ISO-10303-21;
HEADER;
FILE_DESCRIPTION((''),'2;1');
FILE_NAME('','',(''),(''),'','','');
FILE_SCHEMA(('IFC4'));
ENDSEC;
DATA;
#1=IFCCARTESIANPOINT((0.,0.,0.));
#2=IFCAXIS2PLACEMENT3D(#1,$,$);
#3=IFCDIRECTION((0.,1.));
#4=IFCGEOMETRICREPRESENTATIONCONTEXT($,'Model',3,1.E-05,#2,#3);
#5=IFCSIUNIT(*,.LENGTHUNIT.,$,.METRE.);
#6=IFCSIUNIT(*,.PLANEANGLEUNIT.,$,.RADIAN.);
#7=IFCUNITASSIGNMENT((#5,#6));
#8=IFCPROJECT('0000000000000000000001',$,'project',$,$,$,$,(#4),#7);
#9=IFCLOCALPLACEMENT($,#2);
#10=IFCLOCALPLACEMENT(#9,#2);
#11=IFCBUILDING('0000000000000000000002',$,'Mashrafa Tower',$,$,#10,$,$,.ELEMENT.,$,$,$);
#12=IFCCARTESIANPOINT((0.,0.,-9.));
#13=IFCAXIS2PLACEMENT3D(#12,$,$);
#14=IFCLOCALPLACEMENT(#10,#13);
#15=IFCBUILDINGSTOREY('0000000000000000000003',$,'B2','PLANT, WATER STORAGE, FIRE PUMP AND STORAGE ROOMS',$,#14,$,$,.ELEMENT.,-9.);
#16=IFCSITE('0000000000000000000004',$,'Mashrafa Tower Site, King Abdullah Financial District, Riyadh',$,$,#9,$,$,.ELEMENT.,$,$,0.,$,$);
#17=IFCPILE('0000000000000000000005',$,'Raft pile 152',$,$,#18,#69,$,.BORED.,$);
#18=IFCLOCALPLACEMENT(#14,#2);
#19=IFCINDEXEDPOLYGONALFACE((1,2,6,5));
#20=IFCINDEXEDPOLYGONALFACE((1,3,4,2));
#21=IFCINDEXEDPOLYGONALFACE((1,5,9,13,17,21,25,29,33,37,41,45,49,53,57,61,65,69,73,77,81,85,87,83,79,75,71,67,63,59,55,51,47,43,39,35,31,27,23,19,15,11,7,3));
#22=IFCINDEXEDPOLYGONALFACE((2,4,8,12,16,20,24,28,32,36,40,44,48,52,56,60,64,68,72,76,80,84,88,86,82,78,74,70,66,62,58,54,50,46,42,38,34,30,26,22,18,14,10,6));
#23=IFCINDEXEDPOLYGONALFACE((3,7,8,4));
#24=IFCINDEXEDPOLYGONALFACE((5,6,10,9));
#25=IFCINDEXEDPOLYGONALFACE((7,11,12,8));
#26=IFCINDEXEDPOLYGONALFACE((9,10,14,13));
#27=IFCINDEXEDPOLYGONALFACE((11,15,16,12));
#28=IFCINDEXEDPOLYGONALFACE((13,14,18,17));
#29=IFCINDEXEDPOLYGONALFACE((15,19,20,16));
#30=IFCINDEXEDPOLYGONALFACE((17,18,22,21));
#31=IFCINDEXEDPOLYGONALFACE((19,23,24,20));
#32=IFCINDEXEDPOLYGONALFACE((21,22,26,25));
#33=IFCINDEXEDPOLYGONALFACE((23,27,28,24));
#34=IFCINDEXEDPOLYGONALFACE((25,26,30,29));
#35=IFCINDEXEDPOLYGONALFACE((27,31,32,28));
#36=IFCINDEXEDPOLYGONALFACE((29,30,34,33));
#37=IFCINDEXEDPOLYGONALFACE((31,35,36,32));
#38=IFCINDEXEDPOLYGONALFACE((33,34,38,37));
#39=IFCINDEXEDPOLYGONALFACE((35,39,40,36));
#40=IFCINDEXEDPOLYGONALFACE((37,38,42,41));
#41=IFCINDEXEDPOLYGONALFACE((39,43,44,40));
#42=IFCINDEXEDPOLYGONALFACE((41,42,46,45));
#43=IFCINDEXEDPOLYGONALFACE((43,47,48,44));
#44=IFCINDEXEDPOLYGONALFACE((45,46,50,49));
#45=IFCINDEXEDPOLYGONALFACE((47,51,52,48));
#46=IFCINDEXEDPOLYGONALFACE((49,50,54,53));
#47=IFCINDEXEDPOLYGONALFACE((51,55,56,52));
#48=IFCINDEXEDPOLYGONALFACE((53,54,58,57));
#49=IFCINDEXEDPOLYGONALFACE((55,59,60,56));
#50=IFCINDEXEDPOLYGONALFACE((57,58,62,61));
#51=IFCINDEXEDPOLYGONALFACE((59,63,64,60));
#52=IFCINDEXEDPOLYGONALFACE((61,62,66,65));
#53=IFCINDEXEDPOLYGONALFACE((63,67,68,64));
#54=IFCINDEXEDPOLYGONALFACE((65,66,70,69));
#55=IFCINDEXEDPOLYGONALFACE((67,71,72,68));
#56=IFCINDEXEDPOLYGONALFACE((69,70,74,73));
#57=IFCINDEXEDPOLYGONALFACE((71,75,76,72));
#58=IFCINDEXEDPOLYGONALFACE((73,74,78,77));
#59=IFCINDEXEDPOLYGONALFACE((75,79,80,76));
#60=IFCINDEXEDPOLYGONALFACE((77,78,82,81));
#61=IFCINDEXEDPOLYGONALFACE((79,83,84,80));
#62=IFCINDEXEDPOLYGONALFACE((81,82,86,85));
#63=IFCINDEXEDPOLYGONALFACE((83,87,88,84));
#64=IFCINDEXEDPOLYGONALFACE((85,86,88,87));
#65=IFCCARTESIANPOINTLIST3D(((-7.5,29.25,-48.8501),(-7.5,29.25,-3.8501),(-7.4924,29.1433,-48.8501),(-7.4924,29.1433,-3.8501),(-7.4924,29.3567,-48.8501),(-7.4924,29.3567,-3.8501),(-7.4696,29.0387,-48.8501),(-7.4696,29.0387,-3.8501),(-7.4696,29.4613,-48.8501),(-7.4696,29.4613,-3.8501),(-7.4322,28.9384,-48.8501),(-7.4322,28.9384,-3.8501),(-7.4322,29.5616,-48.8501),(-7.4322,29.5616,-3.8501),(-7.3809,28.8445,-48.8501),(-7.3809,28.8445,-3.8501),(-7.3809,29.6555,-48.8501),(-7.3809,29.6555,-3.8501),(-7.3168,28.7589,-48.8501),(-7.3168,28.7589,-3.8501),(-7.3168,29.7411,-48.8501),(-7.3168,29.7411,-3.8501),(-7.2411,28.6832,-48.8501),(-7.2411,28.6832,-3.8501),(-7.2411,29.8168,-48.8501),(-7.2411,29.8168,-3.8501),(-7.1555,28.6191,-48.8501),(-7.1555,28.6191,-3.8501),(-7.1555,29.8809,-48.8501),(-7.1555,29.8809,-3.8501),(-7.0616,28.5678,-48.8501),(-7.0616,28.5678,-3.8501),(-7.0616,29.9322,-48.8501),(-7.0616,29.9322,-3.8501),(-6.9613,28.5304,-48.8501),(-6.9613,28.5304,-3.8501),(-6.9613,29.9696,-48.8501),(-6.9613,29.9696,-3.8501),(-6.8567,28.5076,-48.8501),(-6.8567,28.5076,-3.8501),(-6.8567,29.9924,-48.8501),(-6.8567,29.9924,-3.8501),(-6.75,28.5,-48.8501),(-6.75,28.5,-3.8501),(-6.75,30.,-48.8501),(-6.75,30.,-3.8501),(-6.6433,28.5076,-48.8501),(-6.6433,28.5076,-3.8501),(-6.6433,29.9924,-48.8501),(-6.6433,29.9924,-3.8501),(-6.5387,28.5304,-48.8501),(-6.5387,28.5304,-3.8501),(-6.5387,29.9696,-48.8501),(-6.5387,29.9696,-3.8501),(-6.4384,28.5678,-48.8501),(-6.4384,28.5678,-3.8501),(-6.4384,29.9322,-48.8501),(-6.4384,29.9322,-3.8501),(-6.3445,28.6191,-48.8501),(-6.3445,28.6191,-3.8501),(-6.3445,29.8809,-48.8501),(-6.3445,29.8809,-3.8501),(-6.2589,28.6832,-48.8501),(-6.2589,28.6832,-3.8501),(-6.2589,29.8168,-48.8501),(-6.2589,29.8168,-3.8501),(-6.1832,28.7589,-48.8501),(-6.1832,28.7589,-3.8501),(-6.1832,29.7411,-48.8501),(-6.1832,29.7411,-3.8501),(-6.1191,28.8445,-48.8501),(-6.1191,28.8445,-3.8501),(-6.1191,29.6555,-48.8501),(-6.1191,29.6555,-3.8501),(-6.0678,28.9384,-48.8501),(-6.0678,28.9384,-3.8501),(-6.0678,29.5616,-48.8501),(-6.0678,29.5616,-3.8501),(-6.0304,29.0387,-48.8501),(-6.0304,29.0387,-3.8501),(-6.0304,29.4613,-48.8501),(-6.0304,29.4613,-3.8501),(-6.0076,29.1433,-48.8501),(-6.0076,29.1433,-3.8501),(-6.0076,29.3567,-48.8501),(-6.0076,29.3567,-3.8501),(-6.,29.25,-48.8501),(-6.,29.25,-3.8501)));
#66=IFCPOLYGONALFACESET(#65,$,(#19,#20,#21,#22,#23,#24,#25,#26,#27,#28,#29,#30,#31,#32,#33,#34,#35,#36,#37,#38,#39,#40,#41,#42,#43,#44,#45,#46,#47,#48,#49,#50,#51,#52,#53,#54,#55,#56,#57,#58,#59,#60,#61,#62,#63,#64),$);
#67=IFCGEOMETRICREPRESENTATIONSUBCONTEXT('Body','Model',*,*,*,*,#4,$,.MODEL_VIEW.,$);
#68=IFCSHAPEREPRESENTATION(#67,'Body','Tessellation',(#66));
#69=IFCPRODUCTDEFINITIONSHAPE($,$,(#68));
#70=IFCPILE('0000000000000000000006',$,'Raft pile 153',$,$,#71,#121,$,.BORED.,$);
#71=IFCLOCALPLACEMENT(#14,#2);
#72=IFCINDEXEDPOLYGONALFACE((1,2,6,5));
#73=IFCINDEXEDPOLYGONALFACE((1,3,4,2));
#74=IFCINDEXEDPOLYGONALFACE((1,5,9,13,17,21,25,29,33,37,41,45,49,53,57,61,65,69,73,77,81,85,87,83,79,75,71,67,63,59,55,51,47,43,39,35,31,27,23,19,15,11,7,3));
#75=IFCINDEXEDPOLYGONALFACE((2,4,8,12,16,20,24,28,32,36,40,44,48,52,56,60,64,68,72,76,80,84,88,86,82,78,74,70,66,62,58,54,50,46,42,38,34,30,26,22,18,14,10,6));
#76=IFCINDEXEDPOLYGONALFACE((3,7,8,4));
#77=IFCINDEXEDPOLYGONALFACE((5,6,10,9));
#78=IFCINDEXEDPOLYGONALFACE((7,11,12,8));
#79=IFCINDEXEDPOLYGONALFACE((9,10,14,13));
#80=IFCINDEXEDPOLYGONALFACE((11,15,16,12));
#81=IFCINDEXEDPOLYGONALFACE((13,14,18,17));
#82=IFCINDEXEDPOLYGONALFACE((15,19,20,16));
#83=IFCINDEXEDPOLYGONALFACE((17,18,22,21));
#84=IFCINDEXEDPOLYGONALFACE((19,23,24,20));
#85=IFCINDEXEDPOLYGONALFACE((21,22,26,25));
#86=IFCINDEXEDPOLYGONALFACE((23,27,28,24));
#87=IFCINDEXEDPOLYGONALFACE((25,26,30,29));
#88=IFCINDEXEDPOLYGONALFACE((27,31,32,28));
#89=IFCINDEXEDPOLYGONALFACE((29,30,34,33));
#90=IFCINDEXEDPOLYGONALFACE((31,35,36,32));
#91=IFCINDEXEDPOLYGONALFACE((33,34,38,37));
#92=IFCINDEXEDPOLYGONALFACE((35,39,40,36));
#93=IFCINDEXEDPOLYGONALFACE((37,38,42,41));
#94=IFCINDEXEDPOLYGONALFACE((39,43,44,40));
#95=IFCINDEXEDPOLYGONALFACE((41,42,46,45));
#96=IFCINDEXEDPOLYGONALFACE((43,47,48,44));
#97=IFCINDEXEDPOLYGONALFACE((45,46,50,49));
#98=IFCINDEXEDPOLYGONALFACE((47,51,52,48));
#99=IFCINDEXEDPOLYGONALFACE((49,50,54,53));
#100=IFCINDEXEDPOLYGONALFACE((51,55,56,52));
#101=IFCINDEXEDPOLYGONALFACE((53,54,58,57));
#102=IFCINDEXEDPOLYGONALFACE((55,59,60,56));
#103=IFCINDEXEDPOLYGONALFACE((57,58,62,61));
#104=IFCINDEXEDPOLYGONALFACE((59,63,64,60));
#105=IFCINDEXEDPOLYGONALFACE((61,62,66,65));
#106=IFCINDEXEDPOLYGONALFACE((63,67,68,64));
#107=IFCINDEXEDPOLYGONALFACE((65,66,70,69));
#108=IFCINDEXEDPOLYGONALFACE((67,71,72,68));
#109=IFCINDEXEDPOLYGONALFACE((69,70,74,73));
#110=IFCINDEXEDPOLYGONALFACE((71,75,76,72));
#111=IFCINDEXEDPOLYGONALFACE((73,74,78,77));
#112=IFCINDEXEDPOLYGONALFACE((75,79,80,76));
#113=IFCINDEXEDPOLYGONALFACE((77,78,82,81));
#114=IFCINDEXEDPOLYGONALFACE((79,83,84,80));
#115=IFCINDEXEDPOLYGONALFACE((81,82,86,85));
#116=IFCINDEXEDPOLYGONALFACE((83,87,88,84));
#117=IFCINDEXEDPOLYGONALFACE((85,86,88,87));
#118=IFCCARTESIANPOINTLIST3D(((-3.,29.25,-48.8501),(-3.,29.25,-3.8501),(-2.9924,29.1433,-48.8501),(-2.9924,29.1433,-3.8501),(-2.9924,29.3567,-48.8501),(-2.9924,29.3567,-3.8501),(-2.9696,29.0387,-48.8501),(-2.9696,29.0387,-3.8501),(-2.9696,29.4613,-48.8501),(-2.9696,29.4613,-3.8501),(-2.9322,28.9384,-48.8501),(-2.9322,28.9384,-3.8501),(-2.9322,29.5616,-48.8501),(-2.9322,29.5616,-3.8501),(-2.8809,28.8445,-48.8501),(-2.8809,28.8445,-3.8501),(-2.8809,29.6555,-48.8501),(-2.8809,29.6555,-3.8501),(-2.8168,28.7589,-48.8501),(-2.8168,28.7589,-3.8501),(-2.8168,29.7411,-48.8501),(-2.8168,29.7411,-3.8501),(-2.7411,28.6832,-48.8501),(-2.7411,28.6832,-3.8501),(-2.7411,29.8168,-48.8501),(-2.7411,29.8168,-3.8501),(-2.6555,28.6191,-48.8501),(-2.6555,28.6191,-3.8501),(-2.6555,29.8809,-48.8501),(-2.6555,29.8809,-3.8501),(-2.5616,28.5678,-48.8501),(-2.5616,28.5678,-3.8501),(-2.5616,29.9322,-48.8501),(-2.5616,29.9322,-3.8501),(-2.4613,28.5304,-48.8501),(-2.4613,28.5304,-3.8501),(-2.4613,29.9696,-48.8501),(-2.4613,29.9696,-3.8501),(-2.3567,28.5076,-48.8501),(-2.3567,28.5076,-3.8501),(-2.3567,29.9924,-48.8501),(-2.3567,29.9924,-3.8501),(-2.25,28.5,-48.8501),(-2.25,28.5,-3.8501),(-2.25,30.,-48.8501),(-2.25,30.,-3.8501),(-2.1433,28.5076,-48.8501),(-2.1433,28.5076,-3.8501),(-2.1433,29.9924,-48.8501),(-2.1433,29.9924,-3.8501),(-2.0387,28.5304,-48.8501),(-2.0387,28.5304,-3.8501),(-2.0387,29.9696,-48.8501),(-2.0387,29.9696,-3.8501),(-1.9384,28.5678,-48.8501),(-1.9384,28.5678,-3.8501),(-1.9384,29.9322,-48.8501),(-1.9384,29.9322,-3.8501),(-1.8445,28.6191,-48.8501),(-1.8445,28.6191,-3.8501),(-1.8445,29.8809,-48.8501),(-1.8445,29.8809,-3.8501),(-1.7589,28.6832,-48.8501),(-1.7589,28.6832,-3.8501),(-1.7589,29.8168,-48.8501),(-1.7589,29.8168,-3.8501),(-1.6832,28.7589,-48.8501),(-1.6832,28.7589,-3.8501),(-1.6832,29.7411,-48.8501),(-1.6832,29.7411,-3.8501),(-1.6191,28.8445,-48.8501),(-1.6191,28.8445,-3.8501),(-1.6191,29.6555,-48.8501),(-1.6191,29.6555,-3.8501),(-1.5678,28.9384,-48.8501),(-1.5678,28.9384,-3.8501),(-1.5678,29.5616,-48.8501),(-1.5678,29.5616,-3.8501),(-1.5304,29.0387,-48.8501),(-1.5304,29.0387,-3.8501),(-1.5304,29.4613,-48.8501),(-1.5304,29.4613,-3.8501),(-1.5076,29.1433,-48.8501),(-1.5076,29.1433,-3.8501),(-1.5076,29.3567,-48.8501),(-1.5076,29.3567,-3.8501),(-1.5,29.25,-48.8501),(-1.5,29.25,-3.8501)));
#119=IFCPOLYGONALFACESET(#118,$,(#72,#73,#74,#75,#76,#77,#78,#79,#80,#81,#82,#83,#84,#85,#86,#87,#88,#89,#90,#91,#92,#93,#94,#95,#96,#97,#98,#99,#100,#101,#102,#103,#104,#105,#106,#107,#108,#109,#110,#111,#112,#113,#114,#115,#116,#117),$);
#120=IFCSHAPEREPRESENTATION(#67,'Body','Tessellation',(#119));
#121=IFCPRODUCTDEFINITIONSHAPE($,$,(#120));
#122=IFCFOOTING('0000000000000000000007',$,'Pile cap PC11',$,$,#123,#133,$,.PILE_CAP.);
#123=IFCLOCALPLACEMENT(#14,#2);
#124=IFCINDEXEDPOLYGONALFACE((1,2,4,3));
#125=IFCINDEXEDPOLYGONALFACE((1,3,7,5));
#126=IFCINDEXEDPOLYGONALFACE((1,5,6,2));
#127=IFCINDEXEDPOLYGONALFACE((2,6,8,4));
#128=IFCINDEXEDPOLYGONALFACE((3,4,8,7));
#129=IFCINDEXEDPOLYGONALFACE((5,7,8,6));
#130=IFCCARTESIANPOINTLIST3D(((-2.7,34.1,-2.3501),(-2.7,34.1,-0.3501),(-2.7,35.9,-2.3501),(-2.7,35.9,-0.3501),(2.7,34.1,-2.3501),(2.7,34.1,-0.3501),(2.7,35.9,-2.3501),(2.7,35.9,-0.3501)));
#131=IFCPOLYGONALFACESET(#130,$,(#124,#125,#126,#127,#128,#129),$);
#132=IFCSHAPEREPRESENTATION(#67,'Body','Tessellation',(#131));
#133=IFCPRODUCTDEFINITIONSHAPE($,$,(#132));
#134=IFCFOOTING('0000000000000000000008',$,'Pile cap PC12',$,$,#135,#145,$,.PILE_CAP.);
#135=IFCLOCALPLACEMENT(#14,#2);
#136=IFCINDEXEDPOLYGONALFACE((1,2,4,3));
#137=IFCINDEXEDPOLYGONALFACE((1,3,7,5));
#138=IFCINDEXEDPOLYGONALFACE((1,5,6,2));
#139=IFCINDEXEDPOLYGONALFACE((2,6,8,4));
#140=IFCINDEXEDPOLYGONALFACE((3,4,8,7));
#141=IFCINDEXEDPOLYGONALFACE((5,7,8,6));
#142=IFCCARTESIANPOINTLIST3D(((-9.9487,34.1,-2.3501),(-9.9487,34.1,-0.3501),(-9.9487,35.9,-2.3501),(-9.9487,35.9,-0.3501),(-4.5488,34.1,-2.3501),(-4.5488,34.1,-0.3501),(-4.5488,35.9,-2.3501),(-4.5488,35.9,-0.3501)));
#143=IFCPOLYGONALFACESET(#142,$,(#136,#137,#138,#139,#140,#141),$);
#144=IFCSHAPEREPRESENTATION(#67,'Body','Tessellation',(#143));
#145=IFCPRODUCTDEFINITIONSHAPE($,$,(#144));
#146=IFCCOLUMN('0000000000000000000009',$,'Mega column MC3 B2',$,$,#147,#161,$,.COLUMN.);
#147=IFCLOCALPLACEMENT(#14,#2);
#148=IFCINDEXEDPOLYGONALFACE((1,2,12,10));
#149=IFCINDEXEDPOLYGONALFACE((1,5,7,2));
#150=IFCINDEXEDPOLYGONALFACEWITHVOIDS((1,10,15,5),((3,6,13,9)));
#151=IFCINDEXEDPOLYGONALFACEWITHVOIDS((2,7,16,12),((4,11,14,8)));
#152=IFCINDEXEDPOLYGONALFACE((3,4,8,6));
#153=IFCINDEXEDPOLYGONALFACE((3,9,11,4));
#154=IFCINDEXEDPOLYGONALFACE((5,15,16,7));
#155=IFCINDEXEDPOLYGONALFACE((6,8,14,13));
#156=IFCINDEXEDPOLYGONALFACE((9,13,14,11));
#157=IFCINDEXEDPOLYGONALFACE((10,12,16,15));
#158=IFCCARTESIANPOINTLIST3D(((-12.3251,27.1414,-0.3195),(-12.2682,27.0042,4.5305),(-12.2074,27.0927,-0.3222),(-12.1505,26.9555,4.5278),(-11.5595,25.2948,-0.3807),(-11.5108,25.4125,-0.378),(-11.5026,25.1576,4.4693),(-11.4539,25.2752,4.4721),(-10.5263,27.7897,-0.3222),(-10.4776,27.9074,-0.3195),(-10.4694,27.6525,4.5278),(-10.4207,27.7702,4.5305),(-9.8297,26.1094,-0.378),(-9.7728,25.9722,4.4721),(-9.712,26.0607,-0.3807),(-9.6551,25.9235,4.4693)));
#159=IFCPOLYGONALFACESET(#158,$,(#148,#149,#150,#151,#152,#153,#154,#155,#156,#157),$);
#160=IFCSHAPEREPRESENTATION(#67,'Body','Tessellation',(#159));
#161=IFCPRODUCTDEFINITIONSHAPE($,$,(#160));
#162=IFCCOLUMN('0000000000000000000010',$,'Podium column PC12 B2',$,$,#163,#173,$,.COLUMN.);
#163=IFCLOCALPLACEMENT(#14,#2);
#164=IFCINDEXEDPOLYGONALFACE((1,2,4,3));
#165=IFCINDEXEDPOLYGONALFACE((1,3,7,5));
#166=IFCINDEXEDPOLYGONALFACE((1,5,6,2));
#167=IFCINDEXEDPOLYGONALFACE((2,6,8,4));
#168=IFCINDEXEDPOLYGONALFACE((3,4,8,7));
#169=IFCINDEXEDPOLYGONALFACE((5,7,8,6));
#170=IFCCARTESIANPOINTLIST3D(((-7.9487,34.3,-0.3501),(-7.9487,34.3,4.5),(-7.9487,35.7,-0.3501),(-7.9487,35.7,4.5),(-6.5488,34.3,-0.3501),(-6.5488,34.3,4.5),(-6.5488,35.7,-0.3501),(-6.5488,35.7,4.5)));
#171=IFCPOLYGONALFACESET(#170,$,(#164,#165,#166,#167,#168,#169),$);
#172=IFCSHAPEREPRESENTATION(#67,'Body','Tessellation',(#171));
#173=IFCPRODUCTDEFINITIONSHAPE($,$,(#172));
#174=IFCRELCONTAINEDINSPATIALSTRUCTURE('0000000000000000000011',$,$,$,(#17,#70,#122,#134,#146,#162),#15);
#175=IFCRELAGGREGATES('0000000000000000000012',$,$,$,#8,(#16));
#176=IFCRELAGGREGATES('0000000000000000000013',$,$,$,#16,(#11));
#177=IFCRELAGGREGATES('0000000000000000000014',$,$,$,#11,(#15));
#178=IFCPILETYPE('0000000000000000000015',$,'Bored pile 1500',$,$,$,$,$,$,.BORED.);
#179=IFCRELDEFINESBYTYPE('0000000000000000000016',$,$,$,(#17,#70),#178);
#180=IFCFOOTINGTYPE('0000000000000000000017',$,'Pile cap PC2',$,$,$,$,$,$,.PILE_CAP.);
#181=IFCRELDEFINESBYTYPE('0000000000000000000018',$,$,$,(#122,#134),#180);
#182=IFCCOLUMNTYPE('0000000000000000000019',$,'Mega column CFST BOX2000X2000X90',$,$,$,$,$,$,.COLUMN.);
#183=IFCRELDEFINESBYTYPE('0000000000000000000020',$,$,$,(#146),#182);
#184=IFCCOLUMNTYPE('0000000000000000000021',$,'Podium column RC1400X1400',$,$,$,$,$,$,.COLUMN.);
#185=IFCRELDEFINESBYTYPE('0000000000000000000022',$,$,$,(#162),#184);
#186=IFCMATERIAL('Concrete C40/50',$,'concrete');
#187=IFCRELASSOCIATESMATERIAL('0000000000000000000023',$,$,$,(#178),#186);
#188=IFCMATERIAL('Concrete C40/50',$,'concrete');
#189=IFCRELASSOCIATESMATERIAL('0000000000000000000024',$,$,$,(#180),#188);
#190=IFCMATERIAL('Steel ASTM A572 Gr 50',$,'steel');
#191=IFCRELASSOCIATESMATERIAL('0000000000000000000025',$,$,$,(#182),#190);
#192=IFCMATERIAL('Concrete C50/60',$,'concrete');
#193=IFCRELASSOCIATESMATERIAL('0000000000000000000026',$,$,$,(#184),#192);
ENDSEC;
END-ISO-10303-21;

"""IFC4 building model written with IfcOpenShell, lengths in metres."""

from ifc_helpers import new_model, si_unit, direction, frame, origin, origin_2d, place, context, subcontext, project, spatial, rectangle, hollow_rectangle, circle, extrude, material, material_profile, profile_set, type_object, element, save


model = new_model("IFC4")

# Units and contexts
model_context = context("Model", 3, precision=1e-05, world=origin(), true_north=direction((0.0, 1.0)))
body_context = subcontext(model_context, "Body", "Model", "MODEL_VIEW")
ifc_project = project(units=[si_unit("LENGTHUNIT", "METRE"), si_unit("PLANEANGLEUNIT", "RADIAN")], contexts=[model_context])

# Site, building, storey
site_placement = place(None, origin())
site = spatial("IfcSite", under=ifc_project, at=site_placement, Name="Mashrafa Tower Site, King Abdullah Financial District, Riyadh", CompositionType="ELEMENT", RefElevation=0.0)
building_placement = place(site_placement, origin())
building = spatial("IfcBuilding", under=site, at=building_placement, Name="Mashrafa Tower", CompositionType="ELEMENT")
storey_placement = place(building_placement, frame((0.0, 0.0, -9.0)))
storey = spatial("IfcBuildingStorey", under=building, at=storey_placement, Name="B2", Description="PLANT, WATER STORAGE, FIRE PUMP AND STORAGE ROOMS", CompositionType="ELEMENT", Elevation=-9.0)

# Piles
ifc_material_1 = material(Name="Concrete C40/50", Category="concrete")
ifc_material_profile_1 = material_profile(ifc_material_1, circle(Radius=0.75, at=origin_2d()), Name="1500 DIA")
ifc_profile_set_1 = profile_set([ifc_material_profile_1], Name="Concrete C40/50")
pile_type_1 = type_object("IfcPileType", Name="Bored pile 1500", PredefinedType="BORED", material=ifc_profile_set_1)
for number, where, z_axis, x_axis, name in (
    (1, (-6.75, 29.25, -3.8501), (0.0, 0.0, -1.0), (1.0, 0.0, 0.0), "Raft pile 152"),
    (2, (-2.25, 29.25, -3.8501), (0.0, 0.0, -1.0), (1.0, 0.0, 0.0), "Raft pile 153"),
):
    element("IfcPile", number, at=place(storey_placement, frame(where, z_axis=z_axis, x_axis=x_axis)), inside=storey, type_object=pile_type_1, Name=name, PredefinedType="BORED", context=body_context, shape_type="SweptSolid", body=[
        extrude(circle(Radius=0.75, at=origin_2d()), origin(), (0.0, 0.0, 1.0), 45.0),
    ])

# Footings
ifc_material_2 = material(Name="Concrete C40/50", Category="concrete")
footing_type = type_object("IfcFootingType", Name="Pile cap PC2", PredefinedType="PILE_CAP", material=ifc_material_2)
for number, where, z_axis, x_axis, name in (
    (3, (0.0, 35.0, -2.3501), (0.0, 0.0, 1.0), (-1.0, 0.0, 0.0), "Pile cap PC11"),
    (4, (-7.2488, 35.0, -2.3501), (0.0, 0.0, 1.0), (-1.0, 0.0, 0.0), "Pile cap PC12"),
):
    element("IfcFooting", number, at=place(storey_placement, frame(where, z_axis=z_axis, x_axis=x_axis)), inside=storey, type_object=footing_type, Name=name, PredefinedType="PILE_CAP", context=body_context, shape_type="SweptSolid", body=[
        extrude(rectangle(XDim=5.3999, YDim=1.8, at=origin_2d()), origin(), (0.0, 0.0, 1.0), 2.0),
    ])

# Columns
ifc_material_3 = material(Name="Steel ASTM A572 Gr 50", Category="steel")
ifc_material_profile_2 = material_profile(ifc_material_3, hollow_rectangle(XDim=2.0, YDim=2.0, WallThickness=0.0901, at=origin_2d()), Name="BOX2000X2000X90")
ifc_profile_set_2 = profile_set([ifc_material_profile_2], Name="Steel ASTM A572 Gr 50")
column_type_1 = type_object("IfcColumnType", Name="Mega column CFST BOX2000X2000X90", PredefinedType="COLUMN", material=ifc_profile_set_2)
column_1_placement = place(storey_placement, frame((-11.0186, 26.6011, -0.3501), z_axis=(0.011723, -0.028276, 0.999531), x_axis=(0.923756, 0.382981, 0.0)))
element("IfcColumn", 5, at=column_1_placement, inside=storey, type_object=column_type_1, Name="Mega column MC3 B2", PredefinedType="COLUMN", context=body_context, shape_type="SweptSolid", body=[
    extrude(hollow_rectangle(XDim=2.0, YDim=2.0, WallThickness=0.0901, at=origin_2d()), origin(), (0.0, 0.0, 1.0), 4.8523),
])
ifc_material_4 = material(Name="Concrete C50/60", Category="concrete")
ifc_material_profile_3 = material_profile(ifc_material_4, rectangle(XDim=1.3999, YDim=1.3999, at=origin_2d()), Name="RC1400X1400")
ifc_profile_set_3 = profile_set([ifc_material_profile_3], Name="Concrete C50/60")
column_type_2 = type_object("IfcColumnType", Name="Podium column RC1400X1400", PredefinedType="COLUMN", material=ifc_profile_set_3)
column_2_placement = place(storey_placement, frame((-7.2488, 35.0, -0.3501), z_axis=(0.0, 0.0, 1.0), x_axis=(1.0, 0.0, 0.0)))
element("IfcColumn", 6, at=column_2_placement, inside=storey, type_object=column_type_2, Name="Podium column PC12 B2", PredefinedType="COLUMN", context=body_context, shape_type="SweptSolid", body=[
    extrude(rectangle(XDim=1.3999, YDim=1.3999, at=origin_2d()), origin(), (0.0, 0.0, 1.0), 4.8501),
])

save(model, "model.ifc")
